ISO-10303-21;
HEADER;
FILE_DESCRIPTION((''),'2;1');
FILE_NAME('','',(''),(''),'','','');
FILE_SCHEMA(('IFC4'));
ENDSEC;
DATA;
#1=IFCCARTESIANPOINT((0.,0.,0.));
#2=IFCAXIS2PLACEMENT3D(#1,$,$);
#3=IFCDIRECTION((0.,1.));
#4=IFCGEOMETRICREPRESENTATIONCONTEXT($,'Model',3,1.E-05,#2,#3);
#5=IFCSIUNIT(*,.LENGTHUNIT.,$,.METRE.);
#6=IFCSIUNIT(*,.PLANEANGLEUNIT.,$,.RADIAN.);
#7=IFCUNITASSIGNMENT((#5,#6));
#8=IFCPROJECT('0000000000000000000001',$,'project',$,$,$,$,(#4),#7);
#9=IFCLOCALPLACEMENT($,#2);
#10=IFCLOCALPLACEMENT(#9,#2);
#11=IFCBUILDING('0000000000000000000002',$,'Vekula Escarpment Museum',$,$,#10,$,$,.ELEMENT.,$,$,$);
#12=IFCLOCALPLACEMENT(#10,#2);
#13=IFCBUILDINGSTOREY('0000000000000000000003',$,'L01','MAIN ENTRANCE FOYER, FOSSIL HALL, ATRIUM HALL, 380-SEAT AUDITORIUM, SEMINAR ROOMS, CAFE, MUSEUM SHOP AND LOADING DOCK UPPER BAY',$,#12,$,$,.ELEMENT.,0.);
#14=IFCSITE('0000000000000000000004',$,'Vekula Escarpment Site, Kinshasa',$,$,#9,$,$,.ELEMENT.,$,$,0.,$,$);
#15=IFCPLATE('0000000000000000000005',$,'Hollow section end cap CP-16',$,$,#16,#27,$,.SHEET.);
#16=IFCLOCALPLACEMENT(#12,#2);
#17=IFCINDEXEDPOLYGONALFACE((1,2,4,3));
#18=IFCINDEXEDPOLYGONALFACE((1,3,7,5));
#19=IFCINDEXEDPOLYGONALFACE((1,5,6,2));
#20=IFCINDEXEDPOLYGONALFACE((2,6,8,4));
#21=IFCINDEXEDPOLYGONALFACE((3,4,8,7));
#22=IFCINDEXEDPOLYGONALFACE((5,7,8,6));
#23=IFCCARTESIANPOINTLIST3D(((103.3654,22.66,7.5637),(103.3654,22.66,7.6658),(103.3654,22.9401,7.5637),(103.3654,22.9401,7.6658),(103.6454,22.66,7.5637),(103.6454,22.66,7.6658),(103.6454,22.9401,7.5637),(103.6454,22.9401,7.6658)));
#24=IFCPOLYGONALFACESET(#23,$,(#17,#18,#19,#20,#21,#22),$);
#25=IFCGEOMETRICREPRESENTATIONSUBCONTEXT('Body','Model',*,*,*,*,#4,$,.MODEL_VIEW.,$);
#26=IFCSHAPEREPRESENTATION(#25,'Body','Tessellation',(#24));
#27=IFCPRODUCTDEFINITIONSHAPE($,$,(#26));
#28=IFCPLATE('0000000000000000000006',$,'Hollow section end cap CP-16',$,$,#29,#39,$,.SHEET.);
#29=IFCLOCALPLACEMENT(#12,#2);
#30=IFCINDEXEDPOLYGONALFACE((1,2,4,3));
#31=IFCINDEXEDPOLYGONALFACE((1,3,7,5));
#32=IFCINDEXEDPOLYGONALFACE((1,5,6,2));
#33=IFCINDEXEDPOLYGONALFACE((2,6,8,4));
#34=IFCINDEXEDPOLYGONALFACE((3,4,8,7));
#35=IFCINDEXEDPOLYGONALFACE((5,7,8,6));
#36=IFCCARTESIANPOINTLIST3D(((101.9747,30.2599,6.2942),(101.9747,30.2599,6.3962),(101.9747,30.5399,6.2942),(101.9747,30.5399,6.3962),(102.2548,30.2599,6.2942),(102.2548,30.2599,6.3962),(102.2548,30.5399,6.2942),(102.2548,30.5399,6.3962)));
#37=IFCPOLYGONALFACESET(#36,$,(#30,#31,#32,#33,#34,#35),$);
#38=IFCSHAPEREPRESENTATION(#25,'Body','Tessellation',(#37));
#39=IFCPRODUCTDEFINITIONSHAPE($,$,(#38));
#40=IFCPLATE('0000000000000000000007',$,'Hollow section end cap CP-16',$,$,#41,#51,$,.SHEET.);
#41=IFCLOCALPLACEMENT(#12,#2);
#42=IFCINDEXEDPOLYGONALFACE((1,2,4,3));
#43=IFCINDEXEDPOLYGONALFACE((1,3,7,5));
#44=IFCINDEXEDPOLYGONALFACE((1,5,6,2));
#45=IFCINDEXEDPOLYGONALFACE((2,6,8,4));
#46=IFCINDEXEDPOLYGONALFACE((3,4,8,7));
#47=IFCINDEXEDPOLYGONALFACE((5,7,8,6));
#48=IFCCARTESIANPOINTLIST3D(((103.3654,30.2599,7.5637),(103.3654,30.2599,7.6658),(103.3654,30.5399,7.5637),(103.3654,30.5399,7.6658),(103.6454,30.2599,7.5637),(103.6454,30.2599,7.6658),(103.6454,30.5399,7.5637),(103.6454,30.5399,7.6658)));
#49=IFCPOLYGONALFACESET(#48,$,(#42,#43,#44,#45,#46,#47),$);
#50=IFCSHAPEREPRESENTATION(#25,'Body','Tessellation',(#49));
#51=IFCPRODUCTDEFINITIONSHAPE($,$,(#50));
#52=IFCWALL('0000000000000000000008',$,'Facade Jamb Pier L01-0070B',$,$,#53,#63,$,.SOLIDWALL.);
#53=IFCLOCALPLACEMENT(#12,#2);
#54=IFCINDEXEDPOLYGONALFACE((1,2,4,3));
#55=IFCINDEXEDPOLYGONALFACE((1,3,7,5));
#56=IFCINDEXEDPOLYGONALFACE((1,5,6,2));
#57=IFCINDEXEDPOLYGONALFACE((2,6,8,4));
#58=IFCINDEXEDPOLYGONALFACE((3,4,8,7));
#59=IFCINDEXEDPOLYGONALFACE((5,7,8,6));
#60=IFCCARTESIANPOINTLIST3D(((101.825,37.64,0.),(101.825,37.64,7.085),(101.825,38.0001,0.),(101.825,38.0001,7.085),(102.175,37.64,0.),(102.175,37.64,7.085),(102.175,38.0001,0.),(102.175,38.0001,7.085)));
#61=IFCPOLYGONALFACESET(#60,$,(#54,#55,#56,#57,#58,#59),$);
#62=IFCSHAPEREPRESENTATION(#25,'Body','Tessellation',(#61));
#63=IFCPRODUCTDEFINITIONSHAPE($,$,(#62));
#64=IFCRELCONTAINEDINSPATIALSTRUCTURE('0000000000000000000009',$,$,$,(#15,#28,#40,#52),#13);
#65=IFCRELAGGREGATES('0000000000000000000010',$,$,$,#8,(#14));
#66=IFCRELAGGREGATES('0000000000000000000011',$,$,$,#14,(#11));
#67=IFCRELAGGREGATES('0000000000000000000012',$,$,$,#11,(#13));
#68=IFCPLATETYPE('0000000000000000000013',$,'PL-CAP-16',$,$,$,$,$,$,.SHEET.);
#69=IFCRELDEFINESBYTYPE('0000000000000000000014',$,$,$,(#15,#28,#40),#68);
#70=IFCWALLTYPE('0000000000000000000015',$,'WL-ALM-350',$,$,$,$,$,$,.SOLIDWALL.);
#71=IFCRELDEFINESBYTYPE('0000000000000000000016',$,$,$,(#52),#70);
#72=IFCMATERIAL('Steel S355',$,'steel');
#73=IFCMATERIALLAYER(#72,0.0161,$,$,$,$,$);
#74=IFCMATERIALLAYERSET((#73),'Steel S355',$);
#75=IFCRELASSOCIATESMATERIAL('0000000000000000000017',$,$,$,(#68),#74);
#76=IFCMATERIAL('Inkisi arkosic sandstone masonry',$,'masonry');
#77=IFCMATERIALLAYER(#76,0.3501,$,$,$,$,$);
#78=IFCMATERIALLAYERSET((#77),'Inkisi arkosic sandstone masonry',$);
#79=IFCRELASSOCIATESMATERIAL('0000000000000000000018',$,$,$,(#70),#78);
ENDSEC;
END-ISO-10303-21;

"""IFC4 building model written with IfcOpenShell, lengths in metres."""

from ifc_helpers import new_model, si_unit, direction, frame, frame_2d, origin, origin_2d, place, context, subcontext, project, spatial, rectangle, extrude, material, layer, layer_set, type_object, element, save


model = new_model("IFC4")

# Units and contexts
model_context = context("Model", 3, precision=1e-05, world=origin(), true_north=direction((0.0, 1.0)))
body_context = subcontext(model_context, "Body", "Model", "MODEL_VIEW")
ifc_project = project(units=[si_unit("LENGTHUNIT", "METRE"), si_unit("PLANEANGLEUNIT", "RADIAN")], contexts=[model_context])

# Site, building, storey
site_placement = place(None, origin())
site = spatial("IfcSite", under=ifc_project, at=site_placement, Name="Vekula Escarpment Site, Kinshasa", CompositionType="ELEMENT", RefElevation=0.0)
building_placement = place(site_placement, origin())
building = spatial("IfcBuilding", under=site, at=building_placement, Name="Vekula Escarpment Museum", CompositionType="ELEMENT")
storey_placement = place(building_placement, origin())
storey = spatial("IfcBuildingStorey", under=building, at=storey_placement, Name="L01", Description="MAIN ENTRANCE FOYER, FOSSIL HALL, ATRIUM HALL, 380-SEAT AUDITORIUM, SEMINAR ROOMS, CAFE, MUSEUM SHOP AND LOADING DOCK UPPER BAY", CompositionType="ELEMENT", Elevation=0.0)

# Plates
ifc_material_1 = material(Name="Steel S355", Category="steel")
ifc_layer_1 = layer(ifc_material_1, 0.0161)
ifc_layer_set_1 = layer_set([ifc_layer_1], Name="Steel S355")
plate_type_1 = type_object("IfcPlateType", Name="PL-CAP-16", PredefinedType="SHEET", material=ifc_layer_set_1)
for number, where, z_axis, x_axis, name in (
    (1, (103.5054, 22.8, 7.5637), (0.0, 0.0, 1.0), (1.0, 0.0, 0.0), "Hollow section end cap CP-16"),
    (2, (102.1147, 30.3999, 6.2942), (0.0, 0.0, 1.0), (1.0, 0.0, 0.0), "Hollow section end cap CP-16"),
    (3, (103.5054, 30.3999, 7.5637), (0.0, 0.0, 1.0), (1.0, 0.0, 0.0), "Hollow section end cap CP-16"),
):
    element("IfcPlate", number, at=place(storey_placement, frame(where, z_axis=z_axis, x_axis=x_axis)), inside=storey, type_object=plate_type_1, Name=name, PredefinedType="SHEET", context=body_context, shape_type="SweptSolid", body=[
        extrude(rectangle(XDim=0.28, YDim=0.28, at=origin_2d()), origin(), (0.0, 0.0, 1.0), 0.1021),
    ])

# Wall
ifc_material_2 = material(Name="Inkisi arkosic sandstone masonry", Category="masonry")
ifc_layer_2 = layer(ifc_material_2, 0.3501)
ifc_layer_set_2 = layer_set([ifc_layer_2], Name="Inkisi arkosic sandstone masonry")
wall_type = type_object("IfcWallType", Name="WL-ALM-350", PredefinedType="SOLIDWALL", material=ifc_layer_set_2)
wall_placement = place(storey_placement, frame((102.0, 37.6399, 0.0), z_axis=(0.0, 0.0, 1.0), x_axis=(0.0, 1.0, 0.0)))
element("IfcWall", 4, at=wall_placement, inside=storey, type_object=wall_type, Name="Facade Jamb Pier L01-0070B", PredefinedType="SOLIDWALL", context=body_context, shape_type="SweptSolid", body=[
    extrude(rectangle(XDim=0.3601, YDim=0.3501, at=frame_2d((0.1802, 0.0))), origin(), (0.0, 0.0, 1.0), 7.085),
])

save(model, "model.ifc")
